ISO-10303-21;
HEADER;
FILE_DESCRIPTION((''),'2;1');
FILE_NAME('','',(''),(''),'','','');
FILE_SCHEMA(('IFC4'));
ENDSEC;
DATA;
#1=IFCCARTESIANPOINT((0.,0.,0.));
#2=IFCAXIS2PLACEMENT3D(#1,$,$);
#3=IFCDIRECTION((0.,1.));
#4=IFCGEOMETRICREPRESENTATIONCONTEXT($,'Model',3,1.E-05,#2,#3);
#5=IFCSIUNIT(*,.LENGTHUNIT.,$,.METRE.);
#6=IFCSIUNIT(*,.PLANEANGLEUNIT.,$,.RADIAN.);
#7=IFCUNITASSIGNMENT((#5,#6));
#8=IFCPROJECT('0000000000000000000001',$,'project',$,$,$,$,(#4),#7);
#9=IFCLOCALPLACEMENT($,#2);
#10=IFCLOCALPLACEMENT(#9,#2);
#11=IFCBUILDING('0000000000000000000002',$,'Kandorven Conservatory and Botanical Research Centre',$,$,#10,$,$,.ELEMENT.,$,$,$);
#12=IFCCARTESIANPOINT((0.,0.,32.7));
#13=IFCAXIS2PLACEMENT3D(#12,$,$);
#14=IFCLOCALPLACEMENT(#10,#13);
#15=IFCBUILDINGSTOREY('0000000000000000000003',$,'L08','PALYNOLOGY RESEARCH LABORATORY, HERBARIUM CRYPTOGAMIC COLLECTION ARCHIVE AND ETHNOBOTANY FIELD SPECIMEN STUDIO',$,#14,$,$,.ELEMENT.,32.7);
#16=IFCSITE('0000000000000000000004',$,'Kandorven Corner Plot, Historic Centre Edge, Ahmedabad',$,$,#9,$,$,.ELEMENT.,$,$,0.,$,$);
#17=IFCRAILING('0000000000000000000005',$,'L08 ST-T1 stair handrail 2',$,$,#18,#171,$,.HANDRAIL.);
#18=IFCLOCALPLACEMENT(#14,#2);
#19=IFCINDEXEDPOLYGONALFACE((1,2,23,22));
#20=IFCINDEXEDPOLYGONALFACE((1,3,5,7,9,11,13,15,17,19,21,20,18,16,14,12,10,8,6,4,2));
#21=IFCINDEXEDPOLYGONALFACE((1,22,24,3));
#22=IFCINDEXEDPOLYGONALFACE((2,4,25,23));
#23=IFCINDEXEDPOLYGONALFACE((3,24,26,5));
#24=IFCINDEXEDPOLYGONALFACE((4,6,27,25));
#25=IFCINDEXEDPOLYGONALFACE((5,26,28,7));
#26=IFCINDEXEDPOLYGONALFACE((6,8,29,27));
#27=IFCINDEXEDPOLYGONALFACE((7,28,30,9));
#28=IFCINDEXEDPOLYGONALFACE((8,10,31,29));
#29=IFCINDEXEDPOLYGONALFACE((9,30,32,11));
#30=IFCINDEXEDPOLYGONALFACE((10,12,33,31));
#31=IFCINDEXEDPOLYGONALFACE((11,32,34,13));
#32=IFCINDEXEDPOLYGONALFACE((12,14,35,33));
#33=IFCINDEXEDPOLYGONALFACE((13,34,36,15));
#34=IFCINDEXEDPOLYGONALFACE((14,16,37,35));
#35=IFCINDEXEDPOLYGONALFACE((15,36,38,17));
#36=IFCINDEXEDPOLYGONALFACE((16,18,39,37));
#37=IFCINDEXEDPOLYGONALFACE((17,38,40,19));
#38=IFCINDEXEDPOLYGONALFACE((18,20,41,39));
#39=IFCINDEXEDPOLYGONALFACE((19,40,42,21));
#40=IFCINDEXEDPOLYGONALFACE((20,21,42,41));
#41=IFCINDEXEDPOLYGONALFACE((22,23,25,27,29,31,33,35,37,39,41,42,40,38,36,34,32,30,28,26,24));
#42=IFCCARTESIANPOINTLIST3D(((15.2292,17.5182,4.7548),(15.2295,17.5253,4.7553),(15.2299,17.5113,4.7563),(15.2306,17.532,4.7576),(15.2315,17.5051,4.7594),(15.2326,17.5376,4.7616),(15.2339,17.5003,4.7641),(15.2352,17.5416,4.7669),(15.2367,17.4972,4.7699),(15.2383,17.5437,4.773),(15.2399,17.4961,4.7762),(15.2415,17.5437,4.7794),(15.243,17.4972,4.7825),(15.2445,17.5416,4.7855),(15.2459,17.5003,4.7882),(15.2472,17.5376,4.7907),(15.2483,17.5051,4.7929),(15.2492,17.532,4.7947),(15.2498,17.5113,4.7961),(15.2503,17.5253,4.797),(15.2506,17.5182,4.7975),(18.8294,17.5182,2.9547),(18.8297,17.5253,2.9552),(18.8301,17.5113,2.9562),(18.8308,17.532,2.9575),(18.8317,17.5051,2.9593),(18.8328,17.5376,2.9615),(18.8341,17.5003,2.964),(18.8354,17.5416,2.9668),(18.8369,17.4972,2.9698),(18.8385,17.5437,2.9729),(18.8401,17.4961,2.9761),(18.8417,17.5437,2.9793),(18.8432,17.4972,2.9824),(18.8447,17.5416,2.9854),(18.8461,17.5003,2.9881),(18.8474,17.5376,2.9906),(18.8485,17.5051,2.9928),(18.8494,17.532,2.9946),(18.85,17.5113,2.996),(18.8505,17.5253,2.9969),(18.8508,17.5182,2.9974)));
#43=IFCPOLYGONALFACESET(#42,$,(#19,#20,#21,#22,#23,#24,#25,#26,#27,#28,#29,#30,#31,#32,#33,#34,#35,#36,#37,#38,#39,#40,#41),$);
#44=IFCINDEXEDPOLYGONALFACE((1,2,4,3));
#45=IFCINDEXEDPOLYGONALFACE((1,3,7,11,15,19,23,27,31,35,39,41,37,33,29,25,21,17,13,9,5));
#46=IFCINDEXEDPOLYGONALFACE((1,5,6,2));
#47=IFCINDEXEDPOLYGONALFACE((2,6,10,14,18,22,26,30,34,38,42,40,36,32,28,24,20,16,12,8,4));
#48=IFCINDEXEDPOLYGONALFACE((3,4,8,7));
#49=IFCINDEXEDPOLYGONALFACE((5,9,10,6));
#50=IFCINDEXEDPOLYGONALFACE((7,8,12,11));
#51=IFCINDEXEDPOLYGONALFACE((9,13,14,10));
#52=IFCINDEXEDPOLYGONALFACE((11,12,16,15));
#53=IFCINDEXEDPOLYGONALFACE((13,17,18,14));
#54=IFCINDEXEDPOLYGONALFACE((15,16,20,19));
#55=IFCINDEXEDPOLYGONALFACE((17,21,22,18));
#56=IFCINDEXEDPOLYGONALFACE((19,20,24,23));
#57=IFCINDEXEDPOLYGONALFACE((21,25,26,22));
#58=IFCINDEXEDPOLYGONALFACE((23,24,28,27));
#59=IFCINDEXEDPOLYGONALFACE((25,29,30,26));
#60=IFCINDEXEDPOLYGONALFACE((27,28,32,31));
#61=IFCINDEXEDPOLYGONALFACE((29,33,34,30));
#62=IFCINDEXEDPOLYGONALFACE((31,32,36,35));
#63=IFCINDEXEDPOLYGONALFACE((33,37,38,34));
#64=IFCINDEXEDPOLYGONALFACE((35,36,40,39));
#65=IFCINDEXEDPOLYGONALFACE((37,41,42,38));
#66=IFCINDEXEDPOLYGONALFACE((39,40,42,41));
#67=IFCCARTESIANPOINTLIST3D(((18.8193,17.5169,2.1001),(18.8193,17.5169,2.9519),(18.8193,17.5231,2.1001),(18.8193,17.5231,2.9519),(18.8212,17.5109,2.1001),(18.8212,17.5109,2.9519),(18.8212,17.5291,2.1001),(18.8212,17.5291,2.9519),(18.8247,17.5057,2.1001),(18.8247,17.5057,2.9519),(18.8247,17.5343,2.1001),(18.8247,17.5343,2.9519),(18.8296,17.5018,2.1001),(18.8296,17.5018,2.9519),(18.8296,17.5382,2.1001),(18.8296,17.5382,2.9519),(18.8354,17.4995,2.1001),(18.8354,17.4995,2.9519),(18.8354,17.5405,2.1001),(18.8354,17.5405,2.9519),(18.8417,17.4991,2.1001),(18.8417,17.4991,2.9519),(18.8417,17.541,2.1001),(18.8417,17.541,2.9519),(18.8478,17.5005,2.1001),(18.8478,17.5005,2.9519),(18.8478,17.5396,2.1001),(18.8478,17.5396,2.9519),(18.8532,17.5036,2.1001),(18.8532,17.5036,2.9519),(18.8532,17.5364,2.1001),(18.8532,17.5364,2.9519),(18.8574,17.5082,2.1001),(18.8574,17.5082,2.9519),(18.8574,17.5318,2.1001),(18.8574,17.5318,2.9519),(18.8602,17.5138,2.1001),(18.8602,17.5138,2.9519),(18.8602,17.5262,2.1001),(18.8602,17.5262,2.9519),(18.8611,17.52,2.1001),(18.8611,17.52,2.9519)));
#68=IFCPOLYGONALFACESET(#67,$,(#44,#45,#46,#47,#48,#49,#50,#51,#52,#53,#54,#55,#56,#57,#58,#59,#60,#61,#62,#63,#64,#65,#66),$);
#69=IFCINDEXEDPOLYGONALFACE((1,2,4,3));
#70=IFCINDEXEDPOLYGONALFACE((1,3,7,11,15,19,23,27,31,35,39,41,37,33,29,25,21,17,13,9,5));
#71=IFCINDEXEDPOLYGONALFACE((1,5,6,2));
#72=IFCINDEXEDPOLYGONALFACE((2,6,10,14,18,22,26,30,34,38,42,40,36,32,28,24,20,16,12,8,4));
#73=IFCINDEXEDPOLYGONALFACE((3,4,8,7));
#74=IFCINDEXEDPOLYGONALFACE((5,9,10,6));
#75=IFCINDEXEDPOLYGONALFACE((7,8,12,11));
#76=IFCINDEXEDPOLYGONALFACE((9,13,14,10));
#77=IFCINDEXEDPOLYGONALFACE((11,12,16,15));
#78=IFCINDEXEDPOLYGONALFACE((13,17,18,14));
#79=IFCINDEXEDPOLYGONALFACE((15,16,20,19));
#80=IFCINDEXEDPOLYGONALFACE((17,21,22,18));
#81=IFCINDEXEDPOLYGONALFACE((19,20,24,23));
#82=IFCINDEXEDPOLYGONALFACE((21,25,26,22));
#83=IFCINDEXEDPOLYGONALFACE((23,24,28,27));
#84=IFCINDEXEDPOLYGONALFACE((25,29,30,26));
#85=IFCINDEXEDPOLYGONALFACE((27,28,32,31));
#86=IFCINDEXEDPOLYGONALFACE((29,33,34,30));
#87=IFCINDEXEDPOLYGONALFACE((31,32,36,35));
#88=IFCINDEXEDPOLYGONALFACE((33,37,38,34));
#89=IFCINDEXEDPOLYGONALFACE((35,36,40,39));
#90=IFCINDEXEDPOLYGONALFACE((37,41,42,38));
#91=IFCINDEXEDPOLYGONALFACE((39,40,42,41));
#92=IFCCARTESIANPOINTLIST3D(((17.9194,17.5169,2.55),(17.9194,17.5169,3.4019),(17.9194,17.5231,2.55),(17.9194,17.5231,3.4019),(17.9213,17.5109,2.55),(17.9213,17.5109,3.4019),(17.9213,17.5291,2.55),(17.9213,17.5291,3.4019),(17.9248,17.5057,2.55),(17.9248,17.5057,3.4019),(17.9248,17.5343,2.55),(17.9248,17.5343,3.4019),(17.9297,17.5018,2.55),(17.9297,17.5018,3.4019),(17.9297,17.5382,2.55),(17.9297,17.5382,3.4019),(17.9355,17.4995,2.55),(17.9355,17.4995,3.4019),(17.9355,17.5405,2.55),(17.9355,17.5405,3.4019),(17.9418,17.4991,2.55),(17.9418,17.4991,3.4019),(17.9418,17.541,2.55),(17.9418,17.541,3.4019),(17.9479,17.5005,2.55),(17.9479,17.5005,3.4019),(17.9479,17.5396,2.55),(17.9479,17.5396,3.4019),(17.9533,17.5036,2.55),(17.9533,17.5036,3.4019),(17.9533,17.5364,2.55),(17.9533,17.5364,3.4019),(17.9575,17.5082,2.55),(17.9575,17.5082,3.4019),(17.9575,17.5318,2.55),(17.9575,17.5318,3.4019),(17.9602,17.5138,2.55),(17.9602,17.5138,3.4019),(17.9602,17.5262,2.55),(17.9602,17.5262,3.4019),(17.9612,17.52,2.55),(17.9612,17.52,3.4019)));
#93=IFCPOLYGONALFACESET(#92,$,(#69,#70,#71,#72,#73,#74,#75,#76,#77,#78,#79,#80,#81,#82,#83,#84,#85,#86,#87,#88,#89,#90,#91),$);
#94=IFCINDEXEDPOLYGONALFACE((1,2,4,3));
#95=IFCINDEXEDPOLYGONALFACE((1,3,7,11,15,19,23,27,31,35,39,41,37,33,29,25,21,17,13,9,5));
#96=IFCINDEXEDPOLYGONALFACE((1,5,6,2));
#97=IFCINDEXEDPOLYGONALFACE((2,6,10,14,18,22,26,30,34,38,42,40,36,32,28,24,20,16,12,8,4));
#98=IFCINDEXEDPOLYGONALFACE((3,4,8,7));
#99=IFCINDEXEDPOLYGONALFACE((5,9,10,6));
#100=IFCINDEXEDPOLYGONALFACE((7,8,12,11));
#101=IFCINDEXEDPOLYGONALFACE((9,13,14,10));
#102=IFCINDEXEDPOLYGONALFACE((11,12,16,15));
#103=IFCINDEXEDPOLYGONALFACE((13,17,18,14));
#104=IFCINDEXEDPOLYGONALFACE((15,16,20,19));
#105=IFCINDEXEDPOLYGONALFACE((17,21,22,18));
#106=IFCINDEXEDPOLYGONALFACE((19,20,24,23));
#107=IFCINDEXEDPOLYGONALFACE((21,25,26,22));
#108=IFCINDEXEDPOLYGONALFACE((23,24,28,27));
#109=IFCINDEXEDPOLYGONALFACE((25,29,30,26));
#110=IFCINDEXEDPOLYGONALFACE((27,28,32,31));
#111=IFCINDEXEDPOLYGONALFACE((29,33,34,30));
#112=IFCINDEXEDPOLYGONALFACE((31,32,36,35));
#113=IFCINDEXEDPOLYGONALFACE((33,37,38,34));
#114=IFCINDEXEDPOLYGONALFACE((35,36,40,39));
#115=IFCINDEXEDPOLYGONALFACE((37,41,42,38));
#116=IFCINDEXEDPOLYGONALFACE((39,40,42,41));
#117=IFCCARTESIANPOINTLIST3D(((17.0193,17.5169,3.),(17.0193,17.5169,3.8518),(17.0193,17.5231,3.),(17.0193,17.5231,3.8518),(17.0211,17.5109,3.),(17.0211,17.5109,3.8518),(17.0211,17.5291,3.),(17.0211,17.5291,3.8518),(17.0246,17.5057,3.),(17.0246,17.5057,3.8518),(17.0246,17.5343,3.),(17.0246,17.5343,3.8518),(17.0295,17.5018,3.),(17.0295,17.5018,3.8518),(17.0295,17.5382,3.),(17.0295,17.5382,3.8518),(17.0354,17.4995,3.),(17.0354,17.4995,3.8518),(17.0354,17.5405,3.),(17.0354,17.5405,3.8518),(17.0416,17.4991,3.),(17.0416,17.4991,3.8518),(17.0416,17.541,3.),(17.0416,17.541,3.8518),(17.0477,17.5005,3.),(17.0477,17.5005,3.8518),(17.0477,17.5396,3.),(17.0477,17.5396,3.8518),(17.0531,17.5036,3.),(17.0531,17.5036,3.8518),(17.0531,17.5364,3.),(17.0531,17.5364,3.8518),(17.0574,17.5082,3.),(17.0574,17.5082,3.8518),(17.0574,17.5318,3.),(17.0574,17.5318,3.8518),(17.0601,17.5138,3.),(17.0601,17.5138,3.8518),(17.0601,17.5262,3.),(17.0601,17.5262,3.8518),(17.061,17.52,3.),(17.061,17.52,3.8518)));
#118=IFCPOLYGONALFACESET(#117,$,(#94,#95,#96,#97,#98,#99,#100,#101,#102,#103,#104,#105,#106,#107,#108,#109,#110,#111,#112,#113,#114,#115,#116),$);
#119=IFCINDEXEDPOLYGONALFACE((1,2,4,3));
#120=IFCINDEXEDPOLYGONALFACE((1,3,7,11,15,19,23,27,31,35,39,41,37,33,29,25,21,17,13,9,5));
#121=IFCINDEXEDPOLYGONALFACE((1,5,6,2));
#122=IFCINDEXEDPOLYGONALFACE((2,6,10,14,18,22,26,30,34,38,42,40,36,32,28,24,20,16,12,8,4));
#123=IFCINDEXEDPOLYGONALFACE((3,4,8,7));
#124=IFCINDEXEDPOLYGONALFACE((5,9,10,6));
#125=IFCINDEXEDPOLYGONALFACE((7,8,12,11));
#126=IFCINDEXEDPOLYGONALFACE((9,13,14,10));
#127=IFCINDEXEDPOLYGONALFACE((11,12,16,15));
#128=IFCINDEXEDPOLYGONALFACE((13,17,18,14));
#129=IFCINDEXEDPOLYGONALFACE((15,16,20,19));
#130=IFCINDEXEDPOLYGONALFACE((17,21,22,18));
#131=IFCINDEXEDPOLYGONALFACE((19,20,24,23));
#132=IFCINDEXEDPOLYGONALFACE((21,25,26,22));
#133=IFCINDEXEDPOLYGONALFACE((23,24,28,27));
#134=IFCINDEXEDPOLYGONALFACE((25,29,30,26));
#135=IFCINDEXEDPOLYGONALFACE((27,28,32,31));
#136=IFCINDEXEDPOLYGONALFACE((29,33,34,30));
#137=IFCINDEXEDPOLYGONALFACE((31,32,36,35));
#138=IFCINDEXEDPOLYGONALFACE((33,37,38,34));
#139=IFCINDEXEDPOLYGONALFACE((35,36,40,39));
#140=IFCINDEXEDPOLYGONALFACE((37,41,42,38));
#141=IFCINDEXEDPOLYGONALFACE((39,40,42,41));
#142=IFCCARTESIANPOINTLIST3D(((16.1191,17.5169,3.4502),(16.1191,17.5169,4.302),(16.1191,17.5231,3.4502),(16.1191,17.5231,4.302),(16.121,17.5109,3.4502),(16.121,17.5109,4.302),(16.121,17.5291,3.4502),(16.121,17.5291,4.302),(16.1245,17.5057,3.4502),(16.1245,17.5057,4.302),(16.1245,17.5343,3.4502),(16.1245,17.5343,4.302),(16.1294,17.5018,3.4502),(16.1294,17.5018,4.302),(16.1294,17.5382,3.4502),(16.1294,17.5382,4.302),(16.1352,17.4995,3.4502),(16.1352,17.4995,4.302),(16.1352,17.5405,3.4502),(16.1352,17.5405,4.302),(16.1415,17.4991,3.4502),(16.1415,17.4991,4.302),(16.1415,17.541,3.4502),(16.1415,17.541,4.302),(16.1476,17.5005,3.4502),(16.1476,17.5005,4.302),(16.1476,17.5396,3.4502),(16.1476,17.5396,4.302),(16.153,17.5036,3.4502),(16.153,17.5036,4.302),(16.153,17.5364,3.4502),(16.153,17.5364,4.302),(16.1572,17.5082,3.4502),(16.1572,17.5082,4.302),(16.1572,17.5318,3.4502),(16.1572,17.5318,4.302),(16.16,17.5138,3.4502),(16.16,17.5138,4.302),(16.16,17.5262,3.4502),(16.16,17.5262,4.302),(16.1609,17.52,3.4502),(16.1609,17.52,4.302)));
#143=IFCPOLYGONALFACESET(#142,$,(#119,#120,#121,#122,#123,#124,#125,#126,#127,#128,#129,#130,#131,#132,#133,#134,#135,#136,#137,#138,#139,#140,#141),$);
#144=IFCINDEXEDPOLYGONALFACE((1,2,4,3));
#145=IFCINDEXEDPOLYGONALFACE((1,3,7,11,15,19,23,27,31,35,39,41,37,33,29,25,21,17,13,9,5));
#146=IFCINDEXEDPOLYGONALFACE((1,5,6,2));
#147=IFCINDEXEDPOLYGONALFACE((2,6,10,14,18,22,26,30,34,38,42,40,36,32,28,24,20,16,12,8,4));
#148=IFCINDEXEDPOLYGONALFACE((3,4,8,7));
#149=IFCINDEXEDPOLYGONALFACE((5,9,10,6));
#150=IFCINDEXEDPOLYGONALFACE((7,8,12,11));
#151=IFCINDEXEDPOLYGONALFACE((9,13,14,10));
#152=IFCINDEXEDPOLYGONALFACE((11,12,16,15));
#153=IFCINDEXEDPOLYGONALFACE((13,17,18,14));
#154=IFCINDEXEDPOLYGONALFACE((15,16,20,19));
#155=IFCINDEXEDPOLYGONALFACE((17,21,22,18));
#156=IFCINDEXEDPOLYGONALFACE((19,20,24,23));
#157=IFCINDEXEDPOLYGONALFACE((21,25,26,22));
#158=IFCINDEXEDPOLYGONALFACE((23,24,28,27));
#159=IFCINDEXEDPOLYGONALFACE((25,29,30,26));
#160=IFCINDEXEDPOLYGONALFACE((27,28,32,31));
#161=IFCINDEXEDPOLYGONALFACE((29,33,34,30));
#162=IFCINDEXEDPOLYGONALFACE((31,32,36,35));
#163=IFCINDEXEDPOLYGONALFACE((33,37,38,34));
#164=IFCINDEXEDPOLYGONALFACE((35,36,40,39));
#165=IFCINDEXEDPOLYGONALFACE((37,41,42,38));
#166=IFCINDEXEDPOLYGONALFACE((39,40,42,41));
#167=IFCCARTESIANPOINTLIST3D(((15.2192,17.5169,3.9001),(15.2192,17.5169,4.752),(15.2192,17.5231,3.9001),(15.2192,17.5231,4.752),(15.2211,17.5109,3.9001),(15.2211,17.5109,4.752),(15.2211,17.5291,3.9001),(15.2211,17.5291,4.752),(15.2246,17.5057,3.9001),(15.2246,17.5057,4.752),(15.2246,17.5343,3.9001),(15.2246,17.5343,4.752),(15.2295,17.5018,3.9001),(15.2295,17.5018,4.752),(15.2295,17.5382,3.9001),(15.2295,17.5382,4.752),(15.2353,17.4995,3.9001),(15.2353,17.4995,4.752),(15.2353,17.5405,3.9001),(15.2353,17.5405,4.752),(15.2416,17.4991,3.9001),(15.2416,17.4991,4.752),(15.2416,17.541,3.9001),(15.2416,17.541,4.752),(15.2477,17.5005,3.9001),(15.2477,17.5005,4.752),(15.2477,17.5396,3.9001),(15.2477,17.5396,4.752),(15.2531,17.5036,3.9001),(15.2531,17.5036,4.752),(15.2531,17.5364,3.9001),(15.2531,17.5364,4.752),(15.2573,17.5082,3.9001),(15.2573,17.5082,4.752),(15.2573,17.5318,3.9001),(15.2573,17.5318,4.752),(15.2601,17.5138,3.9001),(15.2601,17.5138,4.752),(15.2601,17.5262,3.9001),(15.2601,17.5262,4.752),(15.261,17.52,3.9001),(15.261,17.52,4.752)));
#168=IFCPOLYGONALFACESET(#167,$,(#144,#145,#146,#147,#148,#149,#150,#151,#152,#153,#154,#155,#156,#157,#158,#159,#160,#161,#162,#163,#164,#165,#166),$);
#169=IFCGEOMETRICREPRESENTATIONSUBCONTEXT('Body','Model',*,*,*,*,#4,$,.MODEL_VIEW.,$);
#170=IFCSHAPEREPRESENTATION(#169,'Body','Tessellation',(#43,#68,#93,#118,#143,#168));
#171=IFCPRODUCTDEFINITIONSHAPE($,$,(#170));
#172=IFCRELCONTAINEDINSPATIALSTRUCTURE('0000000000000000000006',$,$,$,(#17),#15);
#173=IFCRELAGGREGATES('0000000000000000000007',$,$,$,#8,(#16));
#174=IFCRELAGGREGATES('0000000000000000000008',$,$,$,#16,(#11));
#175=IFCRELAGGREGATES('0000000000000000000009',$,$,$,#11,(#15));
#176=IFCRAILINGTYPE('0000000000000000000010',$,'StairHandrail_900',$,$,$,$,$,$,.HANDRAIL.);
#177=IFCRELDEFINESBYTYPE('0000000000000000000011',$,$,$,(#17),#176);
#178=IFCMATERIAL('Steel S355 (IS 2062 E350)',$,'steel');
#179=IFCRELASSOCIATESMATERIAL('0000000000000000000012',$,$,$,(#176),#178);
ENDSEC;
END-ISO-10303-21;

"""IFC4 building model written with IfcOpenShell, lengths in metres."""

from ifc_helpers import new_model, si_unit, direction, frame, origin, origin_2d, place, context, subcontext, project, spatial, circle, extrude, material, type_object, element, save


model = new_model("IFC4")

# Units and contexts
model_context = context("Model", 3, precision=1e-05, world=origin(), true_north=direction((0.0, 1.0)))
body_context = subcontext(model_context, "Body", "Model", "MODEL_VIEW")
ifc_project = project(units=[si_unit("LENGTHUNIT", "METRE"), si_unit("PLANEANGLEUNIT", "RADIAN")], contexts=[model_context])

# Site, building, storey
site_placement = place(None, origin())
site = spatial("IfcSite", under=ifc_project, at=site_placement, Name="Kandorven Corner Plot, Historic Centre Edge, Ahmedabad", CompositionType="ELEMENT", RefElevation=0.0)
building_placement = place(site_placement, origin())
building = spatial("IfcBuilding", under=site, at=building_placement, Name="Kandorven Conservatory and Botanical Research Centre", CompositionType="ELEMENT")
storey_placement = place(building_placement, frame((0.0, 0.0, 32.7)))
storey = spatial("IfcBuildingStorey", under=building, at=storey_placement, Name="L08", Description="PALYNOLOGY RESEARCH LABORATORY, HERBARIUM CRYPTOGAMIC COLLECTION ARCHIVE AND ETHNOBOTANY FIELD SPECIMEN STUDIO", CompositionType="ELEMENT", Elevation=32.7)

# Railing
ifc_material_1 = material(Name="Steel S355 (IS 2062 E350)", Category="steel")
railing_type_1 = type_object("IfcRailingType", Name="StairHandrail_900", PredefinedType="HANDRAIL", material=ifc_material_1)
railing_1_placement = place(storey_placement, frame((18.8401, 17.52, 2.1001)))
element("IfcRailing", 1, at=railing_1_placement, inside=storey, type_object=railing_type_1, Name="L08 ST-T1 stair handrail 2", PredefinedType="HANDRAIL", context=body_context, shape_type="SweptSolid", body=[
    extrude(circle(Radius=0.0239, at=origin_2d()), frame((0.0, 0.0, 0.876), z_axis=(-0.894427, 0.0, 0.447214), x_axis=(0.0, -1.0, 0.0)), (0.0, 0.0, 1.0), 4.0251),
    extrude(circle(Radius=0.021, at=origin_2d()), origin(), (0.0, 0.0, 1.0), 0.8518),
    extrude(circle(Radius=0.021, at=origin_2d()), frame((-0.8999, 0.0, 0.45)), (0.0, 0.0, 1.0), 0.8518),
    extrude(circle(Radius=0.021, at=origin_2d()), frame((-1.8, 0.0, 0.8999)), (0.0, 0.0, 1.0), 0.8518),
    extrude(circle(Radius=0.021, at=origin_2d()), frame((-2.7002, 0.0, 1.3501)), (0.0, 0.0, 1.0), 0.8518),
    extrude(circle(Radius=0.021, at=origin_2d()), frame((-3.6001, 0.0, 1.8)), (0.0, 0.0, 1.0), 0.8518),
])

save(model, "model.ifc")
